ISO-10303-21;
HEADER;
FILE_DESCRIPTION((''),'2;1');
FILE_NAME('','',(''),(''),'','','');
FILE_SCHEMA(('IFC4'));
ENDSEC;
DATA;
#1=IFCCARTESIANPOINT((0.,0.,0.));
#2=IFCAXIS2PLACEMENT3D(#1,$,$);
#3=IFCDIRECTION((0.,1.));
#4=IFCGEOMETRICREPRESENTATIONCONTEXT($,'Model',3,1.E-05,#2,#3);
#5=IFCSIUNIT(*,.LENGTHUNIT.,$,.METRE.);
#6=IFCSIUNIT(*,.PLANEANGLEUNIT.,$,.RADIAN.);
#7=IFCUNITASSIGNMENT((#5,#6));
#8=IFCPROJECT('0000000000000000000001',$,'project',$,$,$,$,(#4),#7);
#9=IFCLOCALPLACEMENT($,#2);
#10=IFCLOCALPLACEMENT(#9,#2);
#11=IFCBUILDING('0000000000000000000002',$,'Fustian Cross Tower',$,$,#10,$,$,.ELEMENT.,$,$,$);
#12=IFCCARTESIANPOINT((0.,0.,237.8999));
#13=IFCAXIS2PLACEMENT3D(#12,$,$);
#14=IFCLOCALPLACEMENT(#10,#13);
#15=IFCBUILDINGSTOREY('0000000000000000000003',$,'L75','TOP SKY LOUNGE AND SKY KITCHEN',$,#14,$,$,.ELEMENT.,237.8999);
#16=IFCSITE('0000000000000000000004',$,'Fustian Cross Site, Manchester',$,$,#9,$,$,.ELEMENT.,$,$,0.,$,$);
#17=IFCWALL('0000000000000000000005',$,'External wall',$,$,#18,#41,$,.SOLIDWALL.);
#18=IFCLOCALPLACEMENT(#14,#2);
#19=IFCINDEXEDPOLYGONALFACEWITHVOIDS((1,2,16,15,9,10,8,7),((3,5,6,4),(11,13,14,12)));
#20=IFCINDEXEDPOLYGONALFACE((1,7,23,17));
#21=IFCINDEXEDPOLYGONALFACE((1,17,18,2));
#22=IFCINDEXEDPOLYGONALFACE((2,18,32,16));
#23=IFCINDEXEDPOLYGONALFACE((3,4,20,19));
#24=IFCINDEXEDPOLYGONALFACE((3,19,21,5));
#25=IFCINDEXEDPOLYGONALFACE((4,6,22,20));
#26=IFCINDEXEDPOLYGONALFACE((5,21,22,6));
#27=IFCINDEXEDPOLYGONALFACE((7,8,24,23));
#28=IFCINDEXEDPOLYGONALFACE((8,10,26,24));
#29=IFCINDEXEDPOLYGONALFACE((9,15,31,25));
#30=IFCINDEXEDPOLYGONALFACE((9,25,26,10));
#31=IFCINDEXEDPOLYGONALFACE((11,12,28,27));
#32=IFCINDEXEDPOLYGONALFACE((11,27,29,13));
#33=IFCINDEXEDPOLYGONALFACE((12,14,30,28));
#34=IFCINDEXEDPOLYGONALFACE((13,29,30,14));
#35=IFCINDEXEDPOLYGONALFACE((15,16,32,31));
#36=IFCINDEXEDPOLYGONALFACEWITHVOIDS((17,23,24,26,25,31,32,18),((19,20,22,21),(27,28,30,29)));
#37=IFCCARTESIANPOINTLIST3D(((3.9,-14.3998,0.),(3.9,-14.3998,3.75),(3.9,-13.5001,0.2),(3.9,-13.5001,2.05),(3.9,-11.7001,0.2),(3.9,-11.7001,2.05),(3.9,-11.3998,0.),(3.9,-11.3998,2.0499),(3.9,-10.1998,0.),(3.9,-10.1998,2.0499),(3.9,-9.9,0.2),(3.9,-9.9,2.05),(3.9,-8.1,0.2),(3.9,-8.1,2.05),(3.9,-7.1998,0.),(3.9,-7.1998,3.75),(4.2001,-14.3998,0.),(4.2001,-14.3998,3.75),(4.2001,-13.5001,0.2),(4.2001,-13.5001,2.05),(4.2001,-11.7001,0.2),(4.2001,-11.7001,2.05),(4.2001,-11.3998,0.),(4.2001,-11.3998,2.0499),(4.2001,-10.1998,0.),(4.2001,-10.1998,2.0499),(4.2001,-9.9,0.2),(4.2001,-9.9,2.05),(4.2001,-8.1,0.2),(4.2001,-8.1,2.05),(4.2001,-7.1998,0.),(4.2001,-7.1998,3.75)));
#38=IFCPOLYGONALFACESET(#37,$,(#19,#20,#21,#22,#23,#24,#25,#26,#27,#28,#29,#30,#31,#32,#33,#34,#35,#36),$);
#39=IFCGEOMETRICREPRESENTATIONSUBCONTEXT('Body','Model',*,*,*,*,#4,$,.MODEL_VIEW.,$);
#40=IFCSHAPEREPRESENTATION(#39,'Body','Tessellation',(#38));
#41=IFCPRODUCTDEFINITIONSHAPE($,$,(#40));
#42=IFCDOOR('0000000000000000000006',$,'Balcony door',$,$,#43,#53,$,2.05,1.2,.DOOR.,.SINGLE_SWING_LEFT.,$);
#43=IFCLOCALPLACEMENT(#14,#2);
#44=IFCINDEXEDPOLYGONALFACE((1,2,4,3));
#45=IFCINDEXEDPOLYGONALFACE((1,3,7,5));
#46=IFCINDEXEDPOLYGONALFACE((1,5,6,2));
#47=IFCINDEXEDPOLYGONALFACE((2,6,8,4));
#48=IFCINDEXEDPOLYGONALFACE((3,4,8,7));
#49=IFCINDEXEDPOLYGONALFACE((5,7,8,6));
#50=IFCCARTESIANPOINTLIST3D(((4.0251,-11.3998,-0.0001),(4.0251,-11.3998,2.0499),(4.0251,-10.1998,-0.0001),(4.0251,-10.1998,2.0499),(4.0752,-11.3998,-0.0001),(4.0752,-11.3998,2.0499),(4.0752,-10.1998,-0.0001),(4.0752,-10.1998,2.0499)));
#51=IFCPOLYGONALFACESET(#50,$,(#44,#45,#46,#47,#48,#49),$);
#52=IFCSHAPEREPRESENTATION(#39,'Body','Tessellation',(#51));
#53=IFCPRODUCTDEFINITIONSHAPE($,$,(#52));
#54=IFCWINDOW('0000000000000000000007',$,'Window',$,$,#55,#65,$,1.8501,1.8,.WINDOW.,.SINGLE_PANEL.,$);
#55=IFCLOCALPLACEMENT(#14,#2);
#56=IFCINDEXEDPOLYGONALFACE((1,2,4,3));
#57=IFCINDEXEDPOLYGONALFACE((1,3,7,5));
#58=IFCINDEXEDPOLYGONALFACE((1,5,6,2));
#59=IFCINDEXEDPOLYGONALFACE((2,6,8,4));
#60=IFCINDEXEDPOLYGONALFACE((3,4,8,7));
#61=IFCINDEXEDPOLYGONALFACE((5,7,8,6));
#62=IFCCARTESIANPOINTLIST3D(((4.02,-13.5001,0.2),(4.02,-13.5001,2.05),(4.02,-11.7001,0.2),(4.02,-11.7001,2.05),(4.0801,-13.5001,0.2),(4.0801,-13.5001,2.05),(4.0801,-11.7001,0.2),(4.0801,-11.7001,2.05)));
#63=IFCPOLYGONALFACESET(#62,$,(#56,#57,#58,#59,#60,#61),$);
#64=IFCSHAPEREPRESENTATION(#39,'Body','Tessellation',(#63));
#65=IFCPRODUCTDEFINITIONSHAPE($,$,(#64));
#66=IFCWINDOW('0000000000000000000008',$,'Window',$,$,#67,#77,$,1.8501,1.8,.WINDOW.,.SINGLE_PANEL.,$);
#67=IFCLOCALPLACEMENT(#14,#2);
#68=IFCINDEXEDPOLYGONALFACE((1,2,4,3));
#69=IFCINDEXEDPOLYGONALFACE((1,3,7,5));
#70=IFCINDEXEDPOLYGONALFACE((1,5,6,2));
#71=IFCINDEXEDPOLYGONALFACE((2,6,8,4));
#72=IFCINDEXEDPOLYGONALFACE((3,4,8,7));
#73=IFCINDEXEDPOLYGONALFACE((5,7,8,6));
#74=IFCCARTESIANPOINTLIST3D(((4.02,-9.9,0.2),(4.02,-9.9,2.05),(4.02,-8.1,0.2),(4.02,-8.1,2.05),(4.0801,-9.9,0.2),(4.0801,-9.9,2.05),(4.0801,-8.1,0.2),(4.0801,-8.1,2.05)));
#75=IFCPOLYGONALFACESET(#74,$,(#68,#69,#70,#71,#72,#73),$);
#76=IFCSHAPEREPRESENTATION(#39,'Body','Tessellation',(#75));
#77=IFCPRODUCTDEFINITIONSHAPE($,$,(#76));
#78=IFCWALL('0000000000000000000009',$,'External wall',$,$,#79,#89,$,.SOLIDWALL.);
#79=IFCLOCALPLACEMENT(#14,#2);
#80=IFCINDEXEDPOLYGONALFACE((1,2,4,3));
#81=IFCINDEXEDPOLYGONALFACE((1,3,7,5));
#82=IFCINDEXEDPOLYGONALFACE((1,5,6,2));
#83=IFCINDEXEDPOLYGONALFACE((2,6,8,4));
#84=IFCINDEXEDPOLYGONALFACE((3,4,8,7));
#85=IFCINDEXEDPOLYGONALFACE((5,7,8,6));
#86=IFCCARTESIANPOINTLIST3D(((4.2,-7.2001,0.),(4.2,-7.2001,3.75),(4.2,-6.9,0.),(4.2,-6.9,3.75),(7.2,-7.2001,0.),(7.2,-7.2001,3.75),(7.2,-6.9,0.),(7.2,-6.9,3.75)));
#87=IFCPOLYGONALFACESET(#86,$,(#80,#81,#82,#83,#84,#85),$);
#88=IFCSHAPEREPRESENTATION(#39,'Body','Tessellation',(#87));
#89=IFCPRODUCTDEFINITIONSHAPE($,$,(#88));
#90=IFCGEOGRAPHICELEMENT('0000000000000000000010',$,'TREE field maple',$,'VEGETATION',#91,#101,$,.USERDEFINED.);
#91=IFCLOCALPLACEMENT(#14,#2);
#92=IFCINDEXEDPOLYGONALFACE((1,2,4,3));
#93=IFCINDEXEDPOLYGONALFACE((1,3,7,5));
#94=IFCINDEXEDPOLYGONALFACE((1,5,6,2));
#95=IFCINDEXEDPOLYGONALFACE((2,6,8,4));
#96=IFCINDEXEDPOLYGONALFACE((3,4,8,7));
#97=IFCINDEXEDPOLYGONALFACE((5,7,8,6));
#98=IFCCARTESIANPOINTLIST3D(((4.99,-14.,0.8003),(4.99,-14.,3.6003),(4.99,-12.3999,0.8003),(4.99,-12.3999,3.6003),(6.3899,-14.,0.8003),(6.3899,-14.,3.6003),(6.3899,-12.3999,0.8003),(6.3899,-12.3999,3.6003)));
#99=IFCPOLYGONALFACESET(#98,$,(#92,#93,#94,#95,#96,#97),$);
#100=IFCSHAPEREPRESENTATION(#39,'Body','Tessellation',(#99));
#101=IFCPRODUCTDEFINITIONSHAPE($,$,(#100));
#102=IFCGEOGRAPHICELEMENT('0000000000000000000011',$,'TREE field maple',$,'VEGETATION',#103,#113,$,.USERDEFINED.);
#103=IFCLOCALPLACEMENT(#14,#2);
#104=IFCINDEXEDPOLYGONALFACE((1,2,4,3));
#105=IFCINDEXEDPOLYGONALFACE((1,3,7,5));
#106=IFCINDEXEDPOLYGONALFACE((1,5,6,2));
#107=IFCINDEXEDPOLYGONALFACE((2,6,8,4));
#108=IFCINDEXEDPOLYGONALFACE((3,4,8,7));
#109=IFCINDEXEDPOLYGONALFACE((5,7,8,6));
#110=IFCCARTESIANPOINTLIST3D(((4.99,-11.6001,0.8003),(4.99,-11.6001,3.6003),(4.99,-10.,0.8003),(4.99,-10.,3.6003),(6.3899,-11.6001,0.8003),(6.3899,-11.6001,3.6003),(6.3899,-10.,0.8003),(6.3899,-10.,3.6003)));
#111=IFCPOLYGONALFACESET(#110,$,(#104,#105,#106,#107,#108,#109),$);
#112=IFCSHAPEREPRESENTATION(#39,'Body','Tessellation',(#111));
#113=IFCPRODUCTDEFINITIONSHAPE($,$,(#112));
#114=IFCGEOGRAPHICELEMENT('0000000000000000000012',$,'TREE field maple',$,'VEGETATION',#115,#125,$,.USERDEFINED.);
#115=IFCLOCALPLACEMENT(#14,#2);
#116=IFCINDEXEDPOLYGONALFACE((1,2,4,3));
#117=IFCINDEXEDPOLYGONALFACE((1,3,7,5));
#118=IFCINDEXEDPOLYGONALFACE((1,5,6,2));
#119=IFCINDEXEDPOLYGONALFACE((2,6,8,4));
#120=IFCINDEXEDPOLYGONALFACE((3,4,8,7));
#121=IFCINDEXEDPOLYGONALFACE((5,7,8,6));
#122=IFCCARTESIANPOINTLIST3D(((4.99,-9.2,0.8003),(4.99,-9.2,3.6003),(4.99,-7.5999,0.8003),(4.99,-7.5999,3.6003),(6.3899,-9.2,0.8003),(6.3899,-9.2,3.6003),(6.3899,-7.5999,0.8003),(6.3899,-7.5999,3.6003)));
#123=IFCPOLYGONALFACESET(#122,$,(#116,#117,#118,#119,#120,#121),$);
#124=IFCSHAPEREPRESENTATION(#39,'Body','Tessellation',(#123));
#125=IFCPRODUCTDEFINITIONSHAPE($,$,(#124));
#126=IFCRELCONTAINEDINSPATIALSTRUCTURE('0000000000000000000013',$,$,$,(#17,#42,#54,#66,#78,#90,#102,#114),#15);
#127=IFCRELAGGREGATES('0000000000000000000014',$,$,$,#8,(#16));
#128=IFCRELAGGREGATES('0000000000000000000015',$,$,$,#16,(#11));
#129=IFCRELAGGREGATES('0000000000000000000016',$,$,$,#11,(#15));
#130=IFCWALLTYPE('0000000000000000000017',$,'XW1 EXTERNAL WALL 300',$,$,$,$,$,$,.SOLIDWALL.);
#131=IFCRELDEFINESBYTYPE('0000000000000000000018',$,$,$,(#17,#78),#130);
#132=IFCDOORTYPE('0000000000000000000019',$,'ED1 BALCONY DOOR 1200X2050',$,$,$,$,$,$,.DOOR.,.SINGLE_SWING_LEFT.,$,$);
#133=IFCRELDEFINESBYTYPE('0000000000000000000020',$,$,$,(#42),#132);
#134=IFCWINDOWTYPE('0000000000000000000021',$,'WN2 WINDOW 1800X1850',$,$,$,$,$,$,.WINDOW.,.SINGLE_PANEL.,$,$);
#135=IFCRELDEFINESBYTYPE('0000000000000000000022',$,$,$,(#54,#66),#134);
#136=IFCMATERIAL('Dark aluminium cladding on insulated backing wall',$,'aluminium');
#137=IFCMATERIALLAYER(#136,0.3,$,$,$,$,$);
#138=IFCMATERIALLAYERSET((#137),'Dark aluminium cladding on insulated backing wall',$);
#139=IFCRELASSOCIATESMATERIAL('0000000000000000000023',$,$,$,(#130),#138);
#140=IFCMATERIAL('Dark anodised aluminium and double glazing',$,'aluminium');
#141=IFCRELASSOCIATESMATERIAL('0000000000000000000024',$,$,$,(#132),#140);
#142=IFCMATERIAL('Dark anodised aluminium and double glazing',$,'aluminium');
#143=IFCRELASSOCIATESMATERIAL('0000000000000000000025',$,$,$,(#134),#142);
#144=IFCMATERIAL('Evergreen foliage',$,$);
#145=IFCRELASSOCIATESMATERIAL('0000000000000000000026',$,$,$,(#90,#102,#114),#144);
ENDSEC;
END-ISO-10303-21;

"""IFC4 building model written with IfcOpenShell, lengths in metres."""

from ifc_helpers import new_model, si_unit, direction, frame, frame_2d, origin, origin_2d, place, context, subcontext, project, spatial, rectangle, extrude, material, layer, layer_set, type_object, element, fill, save


model = new_model("IFC4")

# Units and contexts
model_context = context("Model", 3, precision=1e-05, world=origin(), true_north=direction((0.0, 1.0)))
body_context = subcontext(model_context, "Body", "Model", "MODEL_VIEW")
ifc_project = project(units=[si_unit("LENGTHUNIT", "METRE"), si_unit("PLANEANGLEUNIT", "RADIAN")], contexts=[model_context])

# Site, building, storey
site_placement = place(None, origin())
site = spatial("IfcSite", under=ifc_project, at=site_placement, Name="Fustian Cross Site, Manchester", CompositionType="ELEMENT", RefElevation=0.0)
building_placement = place(site_placement, origin())
building = spatial("IfcBuilding", under=site, at=building_placement, Name="Fustian Cross Tower", CompositionType="ELEMENT")
storey_placement = place(building_placement, frame((0.0, 0.0, 237.8999)))
storey = spatial("IfcBuildingStorey", under=building, at=storey_placement, Name="L75", Description="TOP SKY LOUNGE AND SKY KITCHEN", CompositionType="ELEMENT", Elevation=237.8999)

# Shared definitions
ifc_material_1 = material(Name="Dark aluminium cladding on insulated backing wall", Category="aluminium")
ifc_layer_1 = layer(ifc_material_1, 0.3)
ifc_layer_set_1 = layer_set([ifc_layer_1], Name="Dark aluminium cladding on insulated backing wall")
wall_type_1 = type_object("IfcWallType", Name="XW1 EXTERNAL WALL 300", PredefinedType="SOLIDWALL", material=ifc_layer_set_1)

# Wall, openings, door, windows
wall_1_placement = place(storey_placement, frame((4.05, -14.3999, 0.0), z_axis=(0.0, 0.0, 1.0), x_axis=(0.0, 1.0, 0.0)))
wall_1 = element("IfcWall", 1, at=wall_1_placement, inside=storey, type_object=wall_type_1, Name="External wall", PredefinedType="SOLIDWALL", context=body_context, shape_type="SweptSolid", body=[
    extrude(rectangle(XDim=7.2, YDim=0.3, at=frame_2d((3.6001, 0.0))), origin(), (0.0, 0.0, 1.0), 3.75),
])
opening_1_placement = place(wall_1_placement, frame((3.0, 0.0, 0.0)))
opening_1 = element("IfcOpeningElement", 2, at=opening_1_placement, cuts=wall_1, PredefinedType="OPENING", context=body_context, shape_type="SweptSolid", body=[
    extrude(rectangle(XDim=1.2, YDim=2.05, at=frame_2d((0.6001, 1.0249))), frame((0.0, 0.1599, 0.0), z_axis=(0.0, -1.0, 0.0), x_axis=(1.0, 0.0, 0.0)), (0.0, 0.0, 1.0), 0.3201),
])
opening_2_placement = place(wall_1_placement, frame((0.8999, 0.0, 0.2)))
opening_2 = element("IfcOpeningElement", 3, at=opening_2_placement, cuts=wall_1, PredefinedType="OPENING", context=body_context, shape_type="SweptSolid", body=[
    extrude(rectangle(XDim=1.8, YDim=1.8501, at=frame_2d((0.8999, 0.925))), frame((0.0, 0.1599, 0.0), z_axis=(0.0, -1.0, 0.0), x_axis=(1.0, 0.0, 0.0)), (0.0, 0.0, 1.0), 0.3201),
])
opening_3_placement = place(wall_1_placement, frame((4.5, 0.0, 0.2)))
opening_3 = element("IfcOpeningElement", 4, at=opening_3_placement, cuts=wall_1, PredefinedType="OPENING", context=body_context, shape_type="SweptSolid", body=[
    extrude(rectangle(XDim=1.8, YDim=1.8501, at=frame_2d((0.8999, 0.925))), frame((0.0, 0.1599, 0.0), z_axis=(0.0, -1.0, 0.0), x_axis=(1.0, 0.0, 0.0)), (0.0, 0.0, 1.0), 0.3201),
])
ifc_material_2 = material(Name="Dark anodised aluminium and double glazing", Category="aluminium")
door_type_1 = type_object("IfcDoorType", Name="ED1 BALCONY DOOR 1200X2050", OperationType="SINGLE_SWING_LEFT", PredefinedType="DOOR", material=ifc_material_2)
door_1_placement = place(opening_1_placement, origin())
door_1 = element("IfcDoor", 5, at=door_1_placement, inside=storey, type_object=door_type_1, Name="Balcony door", OperationType="SINGLE_SWING_LEFT", OverallHeight=2.05, OverallWidth=1.2, PredefinedType="DOOR", context=body_context, shape_type="SweptSolid", body=[
    extrude(rectangle(XDim=1.2, YDim=2.05, at=frame_2d((0.6001, 1.0249))), frame((0.0, 0.0249, 0.0), z_axis=(0.0, -1.0, 0.0), x_axis=(1.0, 0.0, 0.0)), (0.0, 0.0, 1.0), 0.05),
])
fill(opening_1, door_1)
ifc_material_3 = material(Name="Dark anodised aluminium and double glazing", Category="aluminium")
window_type = type_object("IfcWindowType", Name="WN2 WINDOW 1800X1850", PartitioningType="SINGLE_PANEL", PredefinedType="WINDOW", material=ifc_material_3)
window_1_placement = place(opening_2_placement, origin())
window_1 = element("IfcWindow", 6, at=window_1_placement, inside=storey, type_object=window_type, Name="Window", OverallHeight=1.8501, OverallWidth=1.8, PartitioningType="SINGLE_PANEL", PredefinedType="WINDOW", context=body_context, shape_type="SweptSolid", body=[
    extrude(rectangle(XDim=1.8, YDim=1.8501, at=frame_2d((0.8999, 0.925))), frame((0.0, 0.03, 0.0), z_axis=(0.0, -1.0, 0.0), x_axis=(1.0, 0.0, 0.0)), (0.0, 0.0, 1.0), 0.0601),
])
fill(opening_2, window_1)
window_2_placement = place(opening_3_placement, origin())
window_2 = element("IfcWindow", 7, at=window_2_placement, inside=storey, type_object=window_type, Name="Window", OverallHeight=1.8501, OverallWidth=1.8, PartitioningType="SINGLE_PANEL", PredefinedType="WINDOW", context=body_context, shape_type="SweptSolid", body=[
    extrude(rectangle(XDim=1.8, YDim=1.8501, at=frame_2d((0.8999, 0.925))), frame((0.0, 0.03, 0.0), z_axis=(0.0, -1.0, 0.0), x_axis=(1.0, 0.0, 0.0)), (0.0, 0.0, 1.0), 0.0601),
])
fill(opening_3, window_2)

# Wall
wall_2_placement = place(storey_placement, frame((4.2, -7.05, 0.0), z_axis=(0.0, 0.0, 1.0), x_axis=(1.0, 0.0, 0.0)))
element("IfcWall", 8, at=wall_2_placement, inside=storey, type_object=wall_type_1, Name="External wall", PredefinedType="SOLIDWALL", context=body_context, shape_type="SweptSolid", body=[
    extrude(rectangle(XDim=3.0, YDim=0.3, at=frame_2d((1.5, 0.0))), origin(), (0.0, 0.0, 1.0), 3.75),
])

# Geographic elements
ifc_material_4 = material(Name="Evergreen foliage")
for number, where, z_axis, x_axis, name in (
    (9, (5.6899, -13.2, 0.8003), (0.0, 0.0, 1.0), (1.0, 0.0, 0.0), "TREE field maple"),
    (10, (5.6899, -10.8, 0.8003), (0.0, 0.0, 1.0), (1.0, 0.0, 0.0), "TREE field maple"),
    (11, (5.6899, -8.3999, 0.8003), (0.0, 0.0, 1.0), (1.0, 0.0, 0.0), "TREE field maple"),
):
    element("IfcGeographicElement", number, at=place(storey_placement, frame(where, z_axis=z_axis, x_axis=x_axis)), inside=storey, material=ifc_material_4, Name=name, ObjectType="VEGETATION", PredefinedType="USERDEFINED", context=body_context, shape_type="SweptSolid", body=[
        extrude(rectangle(XDim=1.3999, YDim=1.6001, at=origin_2d()), origin(), (0.0, 0.0, 1.0), 2.8),
    ])

save(model, "model.ifc")
